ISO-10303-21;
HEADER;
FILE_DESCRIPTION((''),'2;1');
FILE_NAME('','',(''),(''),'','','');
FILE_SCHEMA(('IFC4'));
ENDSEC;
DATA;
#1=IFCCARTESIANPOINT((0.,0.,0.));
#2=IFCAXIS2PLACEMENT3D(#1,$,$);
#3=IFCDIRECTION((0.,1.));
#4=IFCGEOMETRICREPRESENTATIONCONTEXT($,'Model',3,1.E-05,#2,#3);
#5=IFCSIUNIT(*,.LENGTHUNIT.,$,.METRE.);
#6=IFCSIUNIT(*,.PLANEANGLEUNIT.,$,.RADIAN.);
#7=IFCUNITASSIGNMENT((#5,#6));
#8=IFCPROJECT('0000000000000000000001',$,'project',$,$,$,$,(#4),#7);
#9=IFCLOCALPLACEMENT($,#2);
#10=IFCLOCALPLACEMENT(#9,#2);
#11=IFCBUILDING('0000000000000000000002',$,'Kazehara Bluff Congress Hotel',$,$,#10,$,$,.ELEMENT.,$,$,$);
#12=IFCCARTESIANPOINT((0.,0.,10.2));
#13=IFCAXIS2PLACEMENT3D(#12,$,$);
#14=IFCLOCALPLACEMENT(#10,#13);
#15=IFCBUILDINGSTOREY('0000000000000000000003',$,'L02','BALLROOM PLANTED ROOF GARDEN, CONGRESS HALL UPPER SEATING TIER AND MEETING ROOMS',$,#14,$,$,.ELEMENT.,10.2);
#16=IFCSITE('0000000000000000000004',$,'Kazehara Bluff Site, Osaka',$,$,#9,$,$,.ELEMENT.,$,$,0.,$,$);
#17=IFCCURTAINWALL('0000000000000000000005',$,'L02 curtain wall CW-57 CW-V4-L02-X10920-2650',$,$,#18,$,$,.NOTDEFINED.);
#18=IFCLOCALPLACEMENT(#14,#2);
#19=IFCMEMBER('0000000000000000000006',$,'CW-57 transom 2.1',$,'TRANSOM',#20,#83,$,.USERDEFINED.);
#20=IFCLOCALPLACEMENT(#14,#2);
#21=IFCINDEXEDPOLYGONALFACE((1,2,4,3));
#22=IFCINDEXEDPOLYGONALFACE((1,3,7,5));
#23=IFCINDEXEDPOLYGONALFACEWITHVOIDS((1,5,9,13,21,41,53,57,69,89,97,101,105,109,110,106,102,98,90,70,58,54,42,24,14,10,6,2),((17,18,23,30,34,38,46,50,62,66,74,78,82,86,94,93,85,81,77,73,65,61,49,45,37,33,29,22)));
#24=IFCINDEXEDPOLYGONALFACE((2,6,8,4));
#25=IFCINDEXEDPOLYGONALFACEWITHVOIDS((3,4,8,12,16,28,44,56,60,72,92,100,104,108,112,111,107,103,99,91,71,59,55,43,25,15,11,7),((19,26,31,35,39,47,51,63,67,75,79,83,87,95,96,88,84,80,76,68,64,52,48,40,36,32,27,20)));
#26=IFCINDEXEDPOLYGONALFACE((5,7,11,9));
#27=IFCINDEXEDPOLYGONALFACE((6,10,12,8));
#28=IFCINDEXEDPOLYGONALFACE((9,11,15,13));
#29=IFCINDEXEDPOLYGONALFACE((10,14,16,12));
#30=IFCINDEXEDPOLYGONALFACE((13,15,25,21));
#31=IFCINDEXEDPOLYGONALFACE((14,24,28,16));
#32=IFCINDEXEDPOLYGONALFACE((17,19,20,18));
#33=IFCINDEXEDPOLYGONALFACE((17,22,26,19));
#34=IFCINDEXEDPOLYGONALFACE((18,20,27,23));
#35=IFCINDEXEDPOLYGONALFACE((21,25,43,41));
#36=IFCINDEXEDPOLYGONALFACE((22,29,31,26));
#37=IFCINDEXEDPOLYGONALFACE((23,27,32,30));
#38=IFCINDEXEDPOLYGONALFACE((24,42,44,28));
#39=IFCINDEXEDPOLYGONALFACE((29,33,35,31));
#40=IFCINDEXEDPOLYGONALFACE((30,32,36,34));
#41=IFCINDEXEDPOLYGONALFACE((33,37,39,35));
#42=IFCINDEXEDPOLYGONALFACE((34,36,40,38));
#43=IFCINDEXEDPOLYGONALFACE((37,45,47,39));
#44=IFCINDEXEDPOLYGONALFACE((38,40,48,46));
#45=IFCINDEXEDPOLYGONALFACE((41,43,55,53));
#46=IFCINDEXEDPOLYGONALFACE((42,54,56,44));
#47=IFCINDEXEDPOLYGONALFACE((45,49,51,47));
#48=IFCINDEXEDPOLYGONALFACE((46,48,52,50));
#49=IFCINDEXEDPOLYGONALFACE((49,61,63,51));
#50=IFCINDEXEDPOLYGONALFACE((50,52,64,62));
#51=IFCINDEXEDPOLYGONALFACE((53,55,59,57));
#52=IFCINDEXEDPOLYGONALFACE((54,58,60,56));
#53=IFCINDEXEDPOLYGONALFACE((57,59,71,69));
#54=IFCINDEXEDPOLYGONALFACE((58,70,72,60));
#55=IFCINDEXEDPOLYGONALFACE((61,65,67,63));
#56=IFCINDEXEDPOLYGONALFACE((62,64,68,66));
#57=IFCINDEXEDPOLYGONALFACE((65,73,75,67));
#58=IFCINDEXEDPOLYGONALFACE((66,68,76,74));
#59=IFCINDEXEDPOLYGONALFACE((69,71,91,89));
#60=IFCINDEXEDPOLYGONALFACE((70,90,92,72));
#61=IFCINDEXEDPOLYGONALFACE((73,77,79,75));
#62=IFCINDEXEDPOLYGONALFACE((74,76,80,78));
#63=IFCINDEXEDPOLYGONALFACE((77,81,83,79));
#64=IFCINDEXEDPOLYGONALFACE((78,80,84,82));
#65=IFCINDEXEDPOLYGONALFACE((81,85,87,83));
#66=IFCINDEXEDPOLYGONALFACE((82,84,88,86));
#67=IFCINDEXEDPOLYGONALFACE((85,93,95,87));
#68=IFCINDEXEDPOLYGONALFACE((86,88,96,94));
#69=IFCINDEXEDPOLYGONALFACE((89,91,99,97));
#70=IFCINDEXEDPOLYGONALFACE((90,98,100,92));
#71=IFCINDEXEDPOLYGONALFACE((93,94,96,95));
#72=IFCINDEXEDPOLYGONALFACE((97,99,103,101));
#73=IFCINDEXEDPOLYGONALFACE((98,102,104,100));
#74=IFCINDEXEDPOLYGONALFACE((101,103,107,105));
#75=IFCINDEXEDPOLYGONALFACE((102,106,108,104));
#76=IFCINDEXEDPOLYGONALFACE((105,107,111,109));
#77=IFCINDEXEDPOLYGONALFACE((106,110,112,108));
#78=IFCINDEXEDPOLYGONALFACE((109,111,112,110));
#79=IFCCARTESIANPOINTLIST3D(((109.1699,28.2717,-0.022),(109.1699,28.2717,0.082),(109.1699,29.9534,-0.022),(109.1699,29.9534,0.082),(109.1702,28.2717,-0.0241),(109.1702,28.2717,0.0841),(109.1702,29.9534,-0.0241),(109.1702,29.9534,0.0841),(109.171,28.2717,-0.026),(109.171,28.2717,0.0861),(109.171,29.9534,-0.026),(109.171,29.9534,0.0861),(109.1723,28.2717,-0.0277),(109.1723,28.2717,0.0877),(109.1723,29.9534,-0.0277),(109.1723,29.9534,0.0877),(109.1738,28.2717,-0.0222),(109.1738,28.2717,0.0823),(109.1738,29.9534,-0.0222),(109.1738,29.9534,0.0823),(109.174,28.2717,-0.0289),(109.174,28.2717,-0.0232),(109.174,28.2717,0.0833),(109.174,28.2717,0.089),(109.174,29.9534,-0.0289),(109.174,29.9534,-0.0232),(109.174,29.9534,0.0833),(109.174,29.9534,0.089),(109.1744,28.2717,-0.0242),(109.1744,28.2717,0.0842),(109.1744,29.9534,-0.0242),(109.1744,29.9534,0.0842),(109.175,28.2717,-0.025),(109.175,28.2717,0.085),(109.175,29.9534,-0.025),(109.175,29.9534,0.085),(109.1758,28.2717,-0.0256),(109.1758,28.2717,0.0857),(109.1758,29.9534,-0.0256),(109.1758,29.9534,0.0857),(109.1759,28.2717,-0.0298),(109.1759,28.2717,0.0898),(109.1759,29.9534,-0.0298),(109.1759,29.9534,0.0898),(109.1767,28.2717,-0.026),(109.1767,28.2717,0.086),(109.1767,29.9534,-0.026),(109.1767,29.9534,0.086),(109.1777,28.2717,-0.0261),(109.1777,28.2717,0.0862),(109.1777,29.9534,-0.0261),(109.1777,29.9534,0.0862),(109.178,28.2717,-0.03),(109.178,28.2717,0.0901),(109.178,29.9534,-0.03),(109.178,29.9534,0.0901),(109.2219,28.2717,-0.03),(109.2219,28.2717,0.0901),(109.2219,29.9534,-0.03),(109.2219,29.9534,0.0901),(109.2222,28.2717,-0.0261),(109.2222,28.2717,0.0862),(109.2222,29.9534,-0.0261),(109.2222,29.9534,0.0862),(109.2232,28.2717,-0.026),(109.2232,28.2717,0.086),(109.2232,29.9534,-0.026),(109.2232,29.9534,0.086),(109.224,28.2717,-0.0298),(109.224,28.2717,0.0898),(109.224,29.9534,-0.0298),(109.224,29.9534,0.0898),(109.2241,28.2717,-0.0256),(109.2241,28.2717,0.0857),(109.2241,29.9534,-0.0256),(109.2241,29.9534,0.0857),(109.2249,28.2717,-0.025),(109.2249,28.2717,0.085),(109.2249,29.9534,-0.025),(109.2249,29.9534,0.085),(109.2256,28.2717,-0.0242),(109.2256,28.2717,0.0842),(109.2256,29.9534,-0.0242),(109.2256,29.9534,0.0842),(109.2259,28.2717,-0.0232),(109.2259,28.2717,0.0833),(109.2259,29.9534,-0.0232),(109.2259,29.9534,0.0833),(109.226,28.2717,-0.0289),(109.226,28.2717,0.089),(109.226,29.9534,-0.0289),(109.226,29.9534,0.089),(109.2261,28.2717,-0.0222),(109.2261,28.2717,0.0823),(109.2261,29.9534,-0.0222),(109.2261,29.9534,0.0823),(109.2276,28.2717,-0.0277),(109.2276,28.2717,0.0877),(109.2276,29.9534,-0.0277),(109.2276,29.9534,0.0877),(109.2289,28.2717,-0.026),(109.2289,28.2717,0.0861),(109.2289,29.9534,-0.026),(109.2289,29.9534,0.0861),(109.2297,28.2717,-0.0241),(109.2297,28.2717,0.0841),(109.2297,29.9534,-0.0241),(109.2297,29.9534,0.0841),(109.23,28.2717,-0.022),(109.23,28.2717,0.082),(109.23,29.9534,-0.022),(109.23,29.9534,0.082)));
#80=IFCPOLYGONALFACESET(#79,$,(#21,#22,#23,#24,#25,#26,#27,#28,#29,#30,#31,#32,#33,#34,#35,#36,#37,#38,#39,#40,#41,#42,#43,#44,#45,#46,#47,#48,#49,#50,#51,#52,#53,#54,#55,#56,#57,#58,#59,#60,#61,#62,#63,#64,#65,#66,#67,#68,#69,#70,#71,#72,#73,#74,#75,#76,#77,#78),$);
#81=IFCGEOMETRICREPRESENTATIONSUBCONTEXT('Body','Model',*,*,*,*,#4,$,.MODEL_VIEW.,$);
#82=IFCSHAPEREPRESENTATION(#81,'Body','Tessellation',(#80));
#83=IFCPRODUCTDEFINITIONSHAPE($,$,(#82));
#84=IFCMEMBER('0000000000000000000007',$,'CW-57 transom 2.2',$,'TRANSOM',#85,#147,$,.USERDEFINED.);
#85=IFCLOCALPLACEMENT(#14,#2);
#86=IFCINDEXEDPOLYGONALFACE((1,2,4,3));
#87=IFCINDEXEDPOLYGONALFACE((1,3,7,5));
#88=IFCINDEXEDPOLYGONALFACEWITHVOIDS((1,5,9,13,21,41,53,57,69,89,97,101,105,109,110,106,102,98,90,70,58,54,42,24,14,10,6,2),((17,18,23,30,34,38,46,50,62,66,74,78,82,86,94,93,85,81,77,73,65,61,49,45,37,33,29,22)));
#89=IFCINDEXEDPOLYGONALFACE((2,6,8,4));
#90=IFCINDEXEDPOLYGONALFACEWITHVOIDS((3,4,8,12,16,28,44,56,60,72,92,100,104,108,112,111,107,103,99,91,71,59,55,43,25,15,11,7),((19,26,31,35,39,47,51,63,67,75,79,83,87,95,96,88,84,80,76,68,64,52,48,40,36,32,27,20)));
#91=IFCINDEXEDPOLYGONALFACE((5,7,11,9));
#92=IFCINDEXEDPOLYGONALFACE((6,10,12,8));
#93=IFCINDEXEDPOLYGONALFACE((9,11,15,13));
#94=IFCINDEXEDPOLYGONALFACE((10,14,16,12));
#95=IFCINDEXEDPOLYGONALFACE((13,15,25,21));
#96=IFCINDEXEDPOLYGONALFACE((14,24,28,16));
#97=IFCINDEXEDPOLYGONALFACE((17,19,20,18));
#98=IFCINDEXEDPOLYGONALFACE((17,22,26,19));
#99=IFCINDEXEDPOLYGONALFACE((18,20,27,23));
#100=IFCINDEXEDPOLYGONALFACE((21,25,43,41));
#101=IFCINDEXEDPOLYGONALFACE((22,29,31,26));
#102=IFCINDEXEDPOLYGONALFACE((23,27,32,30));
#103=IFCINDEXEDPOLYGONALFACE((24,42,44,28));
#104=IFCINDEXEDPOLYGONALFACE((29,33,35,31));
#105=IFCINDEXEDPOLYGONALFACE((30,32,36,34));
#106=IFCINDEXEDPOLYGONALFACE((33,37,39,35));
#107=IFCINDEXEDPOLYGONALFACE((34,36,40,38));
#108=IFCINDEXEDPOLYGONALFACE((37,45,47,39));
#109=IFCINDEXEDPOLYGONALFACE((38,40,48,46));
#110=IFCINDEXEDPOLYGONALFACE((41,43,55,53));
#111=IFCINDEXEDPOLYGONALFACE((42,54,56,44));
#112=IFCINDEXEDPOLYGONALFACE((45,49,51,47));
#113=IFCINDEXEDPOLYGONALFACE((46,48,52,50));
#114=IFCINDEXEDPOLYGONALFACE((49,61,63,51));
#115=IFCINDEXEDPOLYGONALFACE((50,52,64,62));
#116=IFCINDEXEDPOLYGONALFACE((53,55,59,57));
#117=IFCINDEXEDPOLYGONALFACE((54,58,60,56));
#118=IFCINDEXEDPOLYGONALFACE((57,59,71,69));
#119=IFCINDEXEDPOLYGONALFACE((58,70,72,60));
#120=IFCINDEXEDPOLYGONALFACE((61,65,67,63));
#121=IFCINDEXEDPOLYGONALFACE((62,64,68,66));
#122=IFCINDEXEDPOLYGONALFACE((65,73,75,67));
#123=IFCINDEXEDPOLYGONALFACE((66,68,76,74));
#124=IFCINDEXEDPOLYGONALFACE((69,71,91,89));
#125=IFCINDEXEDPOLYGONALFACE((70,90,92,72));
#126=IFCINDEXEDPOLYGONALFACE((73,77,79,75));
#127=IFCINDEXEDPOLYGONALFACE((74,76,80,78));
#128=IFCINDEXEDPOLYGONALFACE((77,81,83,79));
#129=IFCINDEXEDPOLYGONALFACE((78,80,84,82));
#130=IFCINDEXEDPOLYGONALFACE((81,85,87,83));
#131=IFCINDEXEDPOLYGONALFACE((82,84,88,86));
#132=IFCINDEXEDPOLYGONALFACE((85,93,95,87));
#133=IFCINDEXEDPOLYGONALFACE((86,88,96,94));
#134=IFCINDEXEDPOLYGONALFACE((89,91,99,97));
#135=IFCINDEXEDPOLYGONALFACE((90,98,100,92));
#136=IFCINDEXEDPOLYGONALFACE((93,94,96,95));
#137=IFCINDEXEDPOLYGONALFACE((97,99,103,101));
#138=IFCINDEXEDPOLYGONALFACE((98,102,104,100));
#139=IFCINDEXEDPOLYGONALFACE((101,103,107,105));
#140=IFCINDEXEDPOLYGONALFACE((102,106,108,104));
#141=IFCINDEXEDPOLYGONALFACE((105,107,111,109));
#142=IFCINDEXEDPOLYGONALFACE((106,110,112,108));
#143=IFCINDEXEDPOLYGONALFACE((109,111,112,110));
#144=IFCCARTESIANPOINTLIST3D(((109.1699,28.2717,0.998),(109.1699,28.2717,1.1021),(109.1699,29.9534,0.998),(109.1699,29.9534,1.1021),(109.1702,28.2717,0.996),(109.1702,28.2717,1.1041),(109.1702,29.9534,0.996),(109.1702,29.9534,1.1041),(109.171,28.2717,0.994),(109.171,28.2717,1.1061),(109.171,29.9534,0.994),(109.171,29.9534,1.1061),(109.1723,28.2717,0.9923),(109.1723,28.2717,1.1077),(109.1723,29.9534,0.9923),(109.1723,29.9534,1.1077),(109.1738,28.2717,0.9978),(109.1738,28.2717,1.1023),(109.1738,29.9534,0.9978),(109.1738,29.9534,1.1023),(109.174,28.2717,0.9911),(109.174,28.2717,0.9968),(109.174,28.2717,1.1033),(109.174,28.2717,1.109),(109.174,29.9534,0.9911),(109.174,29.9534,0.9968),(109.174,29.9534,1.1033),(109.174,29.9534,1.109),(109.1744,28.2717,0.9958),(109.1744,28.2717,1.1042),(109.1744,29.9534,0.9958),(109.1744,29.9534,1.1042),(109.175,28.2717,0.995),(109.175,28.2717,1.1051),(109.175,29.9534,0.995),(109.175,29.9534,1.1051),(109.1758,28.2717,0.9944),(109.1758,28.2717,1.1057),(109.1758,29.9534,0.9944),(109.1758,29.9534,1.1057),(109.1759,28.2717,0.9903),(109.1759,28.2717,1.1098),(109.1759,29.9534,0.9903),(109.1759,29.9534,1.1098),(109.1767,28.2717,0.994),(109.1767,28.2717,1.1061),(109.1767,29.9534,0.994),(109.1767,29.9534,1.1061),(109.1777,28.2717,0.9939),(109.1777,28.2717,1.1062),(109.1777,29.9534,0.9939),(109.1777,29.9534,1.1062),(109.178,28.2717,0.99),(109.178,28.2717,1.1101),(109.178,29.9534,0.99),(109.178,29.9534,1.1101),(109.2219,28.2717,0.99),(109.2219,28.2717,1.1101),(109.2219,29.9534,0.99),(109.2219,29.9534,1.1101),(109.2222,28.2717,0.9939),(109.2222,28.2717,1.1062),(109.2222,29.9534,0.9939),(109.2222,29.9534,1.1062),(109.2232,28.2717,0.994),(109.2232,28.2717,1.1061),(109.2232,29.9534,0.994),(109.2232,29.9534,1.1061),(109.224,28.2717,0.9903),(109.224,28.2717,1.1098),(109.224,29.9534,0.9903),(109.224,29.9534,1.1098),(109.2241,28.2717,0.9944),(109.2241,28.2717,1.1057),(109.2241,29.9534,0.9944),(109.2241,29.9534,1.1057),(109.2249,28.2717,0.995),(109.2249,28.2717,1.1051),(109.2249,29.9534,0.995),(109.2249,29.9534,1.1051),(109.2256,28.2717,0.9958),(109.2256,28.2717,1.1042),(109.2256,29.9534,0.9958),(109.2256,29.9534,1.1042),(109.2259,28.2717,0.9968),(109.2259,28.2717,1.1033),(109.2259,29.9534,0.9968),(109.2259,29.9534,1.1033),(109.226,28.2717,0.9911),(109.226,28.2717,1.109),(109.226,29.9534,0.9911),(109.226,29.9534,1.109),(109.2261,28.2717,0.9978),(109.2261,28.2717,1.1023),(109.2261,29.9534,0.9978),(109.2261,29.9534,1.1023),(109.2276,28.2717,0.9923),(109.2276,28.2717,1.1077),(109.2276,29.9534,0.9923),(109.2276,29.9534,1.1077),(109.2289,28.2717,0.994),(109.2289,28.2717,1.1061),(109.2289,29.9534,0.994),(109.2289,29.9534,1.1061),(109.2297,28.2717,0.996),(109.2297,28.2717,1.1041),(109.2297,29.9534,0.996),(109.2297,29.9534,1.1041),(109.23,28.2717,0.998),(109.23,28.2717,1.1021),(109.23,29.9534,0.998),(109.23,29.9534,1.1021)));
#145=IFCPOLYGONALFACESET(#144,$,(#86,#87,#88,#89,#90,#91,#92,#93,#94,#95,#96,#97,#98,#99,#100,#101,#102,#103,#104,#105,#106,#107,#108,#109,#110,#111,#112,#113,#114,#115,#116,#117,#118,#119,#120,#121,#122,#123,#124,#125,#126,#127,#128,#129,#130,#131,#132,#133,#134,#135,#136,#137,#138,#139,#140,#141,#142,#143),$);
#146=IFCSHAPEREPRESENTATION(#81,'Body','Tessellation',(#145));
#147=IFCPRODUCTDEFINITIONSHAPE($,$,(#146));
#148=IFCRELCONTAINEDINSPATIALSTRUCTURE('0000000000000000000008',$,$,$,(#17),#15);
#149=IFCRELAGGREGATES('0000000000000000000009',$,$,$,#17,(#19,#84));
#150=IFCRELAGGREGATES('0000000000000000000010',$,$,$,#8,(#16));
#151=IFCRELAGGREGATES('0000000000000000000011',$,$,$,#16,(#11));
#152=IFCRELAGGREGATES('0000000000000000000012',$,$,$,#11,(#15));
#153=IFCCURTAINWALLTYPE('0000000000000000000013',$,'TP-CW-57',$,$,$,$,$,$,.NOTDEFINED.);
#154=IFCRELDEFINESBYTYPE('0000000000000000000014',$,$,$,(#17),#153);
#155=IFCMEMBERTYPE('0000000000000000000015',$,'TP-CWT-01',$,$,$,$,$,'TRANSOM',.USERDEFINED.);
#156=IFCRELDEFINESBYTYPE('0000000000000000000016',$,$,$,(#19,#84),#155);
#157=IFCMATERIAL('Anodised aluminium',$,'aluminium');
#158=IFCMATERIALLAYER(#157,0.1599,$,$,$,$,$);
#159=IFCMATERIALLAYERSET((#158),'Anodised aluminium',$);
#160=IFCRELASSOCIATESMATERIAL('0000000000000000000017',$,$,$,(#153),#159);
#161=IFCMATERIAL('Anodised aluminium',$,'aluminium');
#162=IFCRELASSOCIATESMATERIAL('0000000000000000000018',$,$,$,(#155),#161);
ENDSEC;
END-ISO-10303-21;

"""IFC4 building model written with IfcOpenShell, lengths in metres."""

from ifc_helpers import new_model, si_unit, direction, frame, origin, origin_2d, place, context, subcontext, project, spatial, hollow_rectangle, extrude, material, layer, layer_set, material_profile, profile_set, type_object, element, aggregate, save


model = new_model("IFC4")

# Units and contexts
model_context = context("Model", 3, precision=1e-05, world=origin(), true_north=direction((0.0, 1.0)))
body_context = subcontext(model_context, "Body", "Model", "MODEL_VIEW")
ifc_project = project(units=[si_unit("LENGTHUNIT", "METRE"), si_unit("PLANEANGLEUNIT", "RADIAN")], contexts=[model_context])

# Site, building, storey
site_placement = place(None, origin())
site = spatial("IfcSite", under=ifc_project, at=site_placement, Name="Kazehara Bluff Site, Osaka", CompositionType="ELEMENT", RefElevation=0.0)
building_placement = place(site_placement, origin())
building = spatial("IfcBuilding", under=site, at=building_placement, Name="Kazehara Bluff Congress Hotel", CompositionType="ELEMENT")
storey_placement = place(building_placement, frame((0.0, 0.0, 10.2)))
storey = spatial("IfcBuildingStorey", under=building, at=storey_placement, Name="L02", Description="BALLROOM PLANTED ROOF GARDEN, CONGRESS HALL UPPER SEATING TIER AND MEETING ROOMS", CompositionType="ELEMENT", Elevation=10.2)

# Curtain wall, members
ifc_material_1 = material(Name="Anodised aluminium", Category="aluminium")
ifc_layer_1 = layer(ifc_material_1, 0.1599)
ifc_layer_set_1 = layer_set([ifc_layer_1], Name="Anodised aluminium")
curtain_wall_type = type_object("IfcCurtainWallType", Name="TP-CW-57", PredefinedType="NOTDEFINED", material=ifc_layer_set_1)
curtain_wall_placement = place(storey_placement, origin())
curtain_wall = element("IfcCurtainWall", 1, at=curtain_wall_placement, inside=storey, type_object=curtain_wall_type, Name="L02 curtain wall CW-57 CW-V4-L02-X10920-2650", PredefinedType="NOTDEFINED")
ifc_material_2 = material(Name="Anodised aluminium", Category="aluminium")
ifc_material_profile_1 = material_profile(ifc_material_2, hollow_rectangle(XDim=0.0601, YDim=0.1201, WallThickness=0.0039, InnerFilletRadius=0.0039, OuterFilletRadius=0.0081, at=origin_2d()))
ifc_profile_set_1 = profile_set([ifc_material_profile_1], Name="Anodised aluminium")
member_type_1 = type_object("IfcMemberType", Name="TP-CWT-01", ElementType="TRANSOM", PredefinedType="USERDEFINED", material=ifc_profile_set_1)
member_1_placement = place(storey_placement, frame((109.2, 28.2717, 0.03), z_axis=(0.0, 1.0, 0.0), x_axis=(-1.0, 0.0, 0.0)))
member_1 = element("IfcMember", 2, at=member_1_placement, type_object=member_type_1, Name="CW-57 transom 2.1", ObjectType="TRANSOM", PredefinedType="USERDEFINED", context=body_context, shape_type="SweptSolid", body=[
    extrude(hollow_rectangle(XDim=0.0601, YDim=0.1201, WallThickness=0.0039, InnerFilletRadius=0.0039, OuterFilletRadius=0.0081, at=origin_2d()), origin(), (0.0, 0.0, 1.0), 1.6816),
])
member_2_placement = place(storey_placement, frame((109.2, 28.2717, 1.05), z_axis=(0.0, 1.0, 0.0), x_axis=(-1.0, 0.0, 0.0)))
member_2 = element("IfcMember", 3, at=member_2_placement, type_object=member_type_1, Name="CW-57 transom 2.2", ObjectType="TRANSOM", PredefinedType="USERDEFINED", context=body_context, shape_type="SweptSolid", body=[
    extrude(hollow_rectangle(XDim=0.0601, YDim=0.1201, WallThickness=0.0039, InnerFilletRadius=0.0039, OuterFilletRadius=0.0081, at=origin_2d()), origin(), (0.0, 0.0, 1.0), 1.6816),
])

aggregate(curtain_wall, [member_1, member_2])

save(model, "model.ifc")
